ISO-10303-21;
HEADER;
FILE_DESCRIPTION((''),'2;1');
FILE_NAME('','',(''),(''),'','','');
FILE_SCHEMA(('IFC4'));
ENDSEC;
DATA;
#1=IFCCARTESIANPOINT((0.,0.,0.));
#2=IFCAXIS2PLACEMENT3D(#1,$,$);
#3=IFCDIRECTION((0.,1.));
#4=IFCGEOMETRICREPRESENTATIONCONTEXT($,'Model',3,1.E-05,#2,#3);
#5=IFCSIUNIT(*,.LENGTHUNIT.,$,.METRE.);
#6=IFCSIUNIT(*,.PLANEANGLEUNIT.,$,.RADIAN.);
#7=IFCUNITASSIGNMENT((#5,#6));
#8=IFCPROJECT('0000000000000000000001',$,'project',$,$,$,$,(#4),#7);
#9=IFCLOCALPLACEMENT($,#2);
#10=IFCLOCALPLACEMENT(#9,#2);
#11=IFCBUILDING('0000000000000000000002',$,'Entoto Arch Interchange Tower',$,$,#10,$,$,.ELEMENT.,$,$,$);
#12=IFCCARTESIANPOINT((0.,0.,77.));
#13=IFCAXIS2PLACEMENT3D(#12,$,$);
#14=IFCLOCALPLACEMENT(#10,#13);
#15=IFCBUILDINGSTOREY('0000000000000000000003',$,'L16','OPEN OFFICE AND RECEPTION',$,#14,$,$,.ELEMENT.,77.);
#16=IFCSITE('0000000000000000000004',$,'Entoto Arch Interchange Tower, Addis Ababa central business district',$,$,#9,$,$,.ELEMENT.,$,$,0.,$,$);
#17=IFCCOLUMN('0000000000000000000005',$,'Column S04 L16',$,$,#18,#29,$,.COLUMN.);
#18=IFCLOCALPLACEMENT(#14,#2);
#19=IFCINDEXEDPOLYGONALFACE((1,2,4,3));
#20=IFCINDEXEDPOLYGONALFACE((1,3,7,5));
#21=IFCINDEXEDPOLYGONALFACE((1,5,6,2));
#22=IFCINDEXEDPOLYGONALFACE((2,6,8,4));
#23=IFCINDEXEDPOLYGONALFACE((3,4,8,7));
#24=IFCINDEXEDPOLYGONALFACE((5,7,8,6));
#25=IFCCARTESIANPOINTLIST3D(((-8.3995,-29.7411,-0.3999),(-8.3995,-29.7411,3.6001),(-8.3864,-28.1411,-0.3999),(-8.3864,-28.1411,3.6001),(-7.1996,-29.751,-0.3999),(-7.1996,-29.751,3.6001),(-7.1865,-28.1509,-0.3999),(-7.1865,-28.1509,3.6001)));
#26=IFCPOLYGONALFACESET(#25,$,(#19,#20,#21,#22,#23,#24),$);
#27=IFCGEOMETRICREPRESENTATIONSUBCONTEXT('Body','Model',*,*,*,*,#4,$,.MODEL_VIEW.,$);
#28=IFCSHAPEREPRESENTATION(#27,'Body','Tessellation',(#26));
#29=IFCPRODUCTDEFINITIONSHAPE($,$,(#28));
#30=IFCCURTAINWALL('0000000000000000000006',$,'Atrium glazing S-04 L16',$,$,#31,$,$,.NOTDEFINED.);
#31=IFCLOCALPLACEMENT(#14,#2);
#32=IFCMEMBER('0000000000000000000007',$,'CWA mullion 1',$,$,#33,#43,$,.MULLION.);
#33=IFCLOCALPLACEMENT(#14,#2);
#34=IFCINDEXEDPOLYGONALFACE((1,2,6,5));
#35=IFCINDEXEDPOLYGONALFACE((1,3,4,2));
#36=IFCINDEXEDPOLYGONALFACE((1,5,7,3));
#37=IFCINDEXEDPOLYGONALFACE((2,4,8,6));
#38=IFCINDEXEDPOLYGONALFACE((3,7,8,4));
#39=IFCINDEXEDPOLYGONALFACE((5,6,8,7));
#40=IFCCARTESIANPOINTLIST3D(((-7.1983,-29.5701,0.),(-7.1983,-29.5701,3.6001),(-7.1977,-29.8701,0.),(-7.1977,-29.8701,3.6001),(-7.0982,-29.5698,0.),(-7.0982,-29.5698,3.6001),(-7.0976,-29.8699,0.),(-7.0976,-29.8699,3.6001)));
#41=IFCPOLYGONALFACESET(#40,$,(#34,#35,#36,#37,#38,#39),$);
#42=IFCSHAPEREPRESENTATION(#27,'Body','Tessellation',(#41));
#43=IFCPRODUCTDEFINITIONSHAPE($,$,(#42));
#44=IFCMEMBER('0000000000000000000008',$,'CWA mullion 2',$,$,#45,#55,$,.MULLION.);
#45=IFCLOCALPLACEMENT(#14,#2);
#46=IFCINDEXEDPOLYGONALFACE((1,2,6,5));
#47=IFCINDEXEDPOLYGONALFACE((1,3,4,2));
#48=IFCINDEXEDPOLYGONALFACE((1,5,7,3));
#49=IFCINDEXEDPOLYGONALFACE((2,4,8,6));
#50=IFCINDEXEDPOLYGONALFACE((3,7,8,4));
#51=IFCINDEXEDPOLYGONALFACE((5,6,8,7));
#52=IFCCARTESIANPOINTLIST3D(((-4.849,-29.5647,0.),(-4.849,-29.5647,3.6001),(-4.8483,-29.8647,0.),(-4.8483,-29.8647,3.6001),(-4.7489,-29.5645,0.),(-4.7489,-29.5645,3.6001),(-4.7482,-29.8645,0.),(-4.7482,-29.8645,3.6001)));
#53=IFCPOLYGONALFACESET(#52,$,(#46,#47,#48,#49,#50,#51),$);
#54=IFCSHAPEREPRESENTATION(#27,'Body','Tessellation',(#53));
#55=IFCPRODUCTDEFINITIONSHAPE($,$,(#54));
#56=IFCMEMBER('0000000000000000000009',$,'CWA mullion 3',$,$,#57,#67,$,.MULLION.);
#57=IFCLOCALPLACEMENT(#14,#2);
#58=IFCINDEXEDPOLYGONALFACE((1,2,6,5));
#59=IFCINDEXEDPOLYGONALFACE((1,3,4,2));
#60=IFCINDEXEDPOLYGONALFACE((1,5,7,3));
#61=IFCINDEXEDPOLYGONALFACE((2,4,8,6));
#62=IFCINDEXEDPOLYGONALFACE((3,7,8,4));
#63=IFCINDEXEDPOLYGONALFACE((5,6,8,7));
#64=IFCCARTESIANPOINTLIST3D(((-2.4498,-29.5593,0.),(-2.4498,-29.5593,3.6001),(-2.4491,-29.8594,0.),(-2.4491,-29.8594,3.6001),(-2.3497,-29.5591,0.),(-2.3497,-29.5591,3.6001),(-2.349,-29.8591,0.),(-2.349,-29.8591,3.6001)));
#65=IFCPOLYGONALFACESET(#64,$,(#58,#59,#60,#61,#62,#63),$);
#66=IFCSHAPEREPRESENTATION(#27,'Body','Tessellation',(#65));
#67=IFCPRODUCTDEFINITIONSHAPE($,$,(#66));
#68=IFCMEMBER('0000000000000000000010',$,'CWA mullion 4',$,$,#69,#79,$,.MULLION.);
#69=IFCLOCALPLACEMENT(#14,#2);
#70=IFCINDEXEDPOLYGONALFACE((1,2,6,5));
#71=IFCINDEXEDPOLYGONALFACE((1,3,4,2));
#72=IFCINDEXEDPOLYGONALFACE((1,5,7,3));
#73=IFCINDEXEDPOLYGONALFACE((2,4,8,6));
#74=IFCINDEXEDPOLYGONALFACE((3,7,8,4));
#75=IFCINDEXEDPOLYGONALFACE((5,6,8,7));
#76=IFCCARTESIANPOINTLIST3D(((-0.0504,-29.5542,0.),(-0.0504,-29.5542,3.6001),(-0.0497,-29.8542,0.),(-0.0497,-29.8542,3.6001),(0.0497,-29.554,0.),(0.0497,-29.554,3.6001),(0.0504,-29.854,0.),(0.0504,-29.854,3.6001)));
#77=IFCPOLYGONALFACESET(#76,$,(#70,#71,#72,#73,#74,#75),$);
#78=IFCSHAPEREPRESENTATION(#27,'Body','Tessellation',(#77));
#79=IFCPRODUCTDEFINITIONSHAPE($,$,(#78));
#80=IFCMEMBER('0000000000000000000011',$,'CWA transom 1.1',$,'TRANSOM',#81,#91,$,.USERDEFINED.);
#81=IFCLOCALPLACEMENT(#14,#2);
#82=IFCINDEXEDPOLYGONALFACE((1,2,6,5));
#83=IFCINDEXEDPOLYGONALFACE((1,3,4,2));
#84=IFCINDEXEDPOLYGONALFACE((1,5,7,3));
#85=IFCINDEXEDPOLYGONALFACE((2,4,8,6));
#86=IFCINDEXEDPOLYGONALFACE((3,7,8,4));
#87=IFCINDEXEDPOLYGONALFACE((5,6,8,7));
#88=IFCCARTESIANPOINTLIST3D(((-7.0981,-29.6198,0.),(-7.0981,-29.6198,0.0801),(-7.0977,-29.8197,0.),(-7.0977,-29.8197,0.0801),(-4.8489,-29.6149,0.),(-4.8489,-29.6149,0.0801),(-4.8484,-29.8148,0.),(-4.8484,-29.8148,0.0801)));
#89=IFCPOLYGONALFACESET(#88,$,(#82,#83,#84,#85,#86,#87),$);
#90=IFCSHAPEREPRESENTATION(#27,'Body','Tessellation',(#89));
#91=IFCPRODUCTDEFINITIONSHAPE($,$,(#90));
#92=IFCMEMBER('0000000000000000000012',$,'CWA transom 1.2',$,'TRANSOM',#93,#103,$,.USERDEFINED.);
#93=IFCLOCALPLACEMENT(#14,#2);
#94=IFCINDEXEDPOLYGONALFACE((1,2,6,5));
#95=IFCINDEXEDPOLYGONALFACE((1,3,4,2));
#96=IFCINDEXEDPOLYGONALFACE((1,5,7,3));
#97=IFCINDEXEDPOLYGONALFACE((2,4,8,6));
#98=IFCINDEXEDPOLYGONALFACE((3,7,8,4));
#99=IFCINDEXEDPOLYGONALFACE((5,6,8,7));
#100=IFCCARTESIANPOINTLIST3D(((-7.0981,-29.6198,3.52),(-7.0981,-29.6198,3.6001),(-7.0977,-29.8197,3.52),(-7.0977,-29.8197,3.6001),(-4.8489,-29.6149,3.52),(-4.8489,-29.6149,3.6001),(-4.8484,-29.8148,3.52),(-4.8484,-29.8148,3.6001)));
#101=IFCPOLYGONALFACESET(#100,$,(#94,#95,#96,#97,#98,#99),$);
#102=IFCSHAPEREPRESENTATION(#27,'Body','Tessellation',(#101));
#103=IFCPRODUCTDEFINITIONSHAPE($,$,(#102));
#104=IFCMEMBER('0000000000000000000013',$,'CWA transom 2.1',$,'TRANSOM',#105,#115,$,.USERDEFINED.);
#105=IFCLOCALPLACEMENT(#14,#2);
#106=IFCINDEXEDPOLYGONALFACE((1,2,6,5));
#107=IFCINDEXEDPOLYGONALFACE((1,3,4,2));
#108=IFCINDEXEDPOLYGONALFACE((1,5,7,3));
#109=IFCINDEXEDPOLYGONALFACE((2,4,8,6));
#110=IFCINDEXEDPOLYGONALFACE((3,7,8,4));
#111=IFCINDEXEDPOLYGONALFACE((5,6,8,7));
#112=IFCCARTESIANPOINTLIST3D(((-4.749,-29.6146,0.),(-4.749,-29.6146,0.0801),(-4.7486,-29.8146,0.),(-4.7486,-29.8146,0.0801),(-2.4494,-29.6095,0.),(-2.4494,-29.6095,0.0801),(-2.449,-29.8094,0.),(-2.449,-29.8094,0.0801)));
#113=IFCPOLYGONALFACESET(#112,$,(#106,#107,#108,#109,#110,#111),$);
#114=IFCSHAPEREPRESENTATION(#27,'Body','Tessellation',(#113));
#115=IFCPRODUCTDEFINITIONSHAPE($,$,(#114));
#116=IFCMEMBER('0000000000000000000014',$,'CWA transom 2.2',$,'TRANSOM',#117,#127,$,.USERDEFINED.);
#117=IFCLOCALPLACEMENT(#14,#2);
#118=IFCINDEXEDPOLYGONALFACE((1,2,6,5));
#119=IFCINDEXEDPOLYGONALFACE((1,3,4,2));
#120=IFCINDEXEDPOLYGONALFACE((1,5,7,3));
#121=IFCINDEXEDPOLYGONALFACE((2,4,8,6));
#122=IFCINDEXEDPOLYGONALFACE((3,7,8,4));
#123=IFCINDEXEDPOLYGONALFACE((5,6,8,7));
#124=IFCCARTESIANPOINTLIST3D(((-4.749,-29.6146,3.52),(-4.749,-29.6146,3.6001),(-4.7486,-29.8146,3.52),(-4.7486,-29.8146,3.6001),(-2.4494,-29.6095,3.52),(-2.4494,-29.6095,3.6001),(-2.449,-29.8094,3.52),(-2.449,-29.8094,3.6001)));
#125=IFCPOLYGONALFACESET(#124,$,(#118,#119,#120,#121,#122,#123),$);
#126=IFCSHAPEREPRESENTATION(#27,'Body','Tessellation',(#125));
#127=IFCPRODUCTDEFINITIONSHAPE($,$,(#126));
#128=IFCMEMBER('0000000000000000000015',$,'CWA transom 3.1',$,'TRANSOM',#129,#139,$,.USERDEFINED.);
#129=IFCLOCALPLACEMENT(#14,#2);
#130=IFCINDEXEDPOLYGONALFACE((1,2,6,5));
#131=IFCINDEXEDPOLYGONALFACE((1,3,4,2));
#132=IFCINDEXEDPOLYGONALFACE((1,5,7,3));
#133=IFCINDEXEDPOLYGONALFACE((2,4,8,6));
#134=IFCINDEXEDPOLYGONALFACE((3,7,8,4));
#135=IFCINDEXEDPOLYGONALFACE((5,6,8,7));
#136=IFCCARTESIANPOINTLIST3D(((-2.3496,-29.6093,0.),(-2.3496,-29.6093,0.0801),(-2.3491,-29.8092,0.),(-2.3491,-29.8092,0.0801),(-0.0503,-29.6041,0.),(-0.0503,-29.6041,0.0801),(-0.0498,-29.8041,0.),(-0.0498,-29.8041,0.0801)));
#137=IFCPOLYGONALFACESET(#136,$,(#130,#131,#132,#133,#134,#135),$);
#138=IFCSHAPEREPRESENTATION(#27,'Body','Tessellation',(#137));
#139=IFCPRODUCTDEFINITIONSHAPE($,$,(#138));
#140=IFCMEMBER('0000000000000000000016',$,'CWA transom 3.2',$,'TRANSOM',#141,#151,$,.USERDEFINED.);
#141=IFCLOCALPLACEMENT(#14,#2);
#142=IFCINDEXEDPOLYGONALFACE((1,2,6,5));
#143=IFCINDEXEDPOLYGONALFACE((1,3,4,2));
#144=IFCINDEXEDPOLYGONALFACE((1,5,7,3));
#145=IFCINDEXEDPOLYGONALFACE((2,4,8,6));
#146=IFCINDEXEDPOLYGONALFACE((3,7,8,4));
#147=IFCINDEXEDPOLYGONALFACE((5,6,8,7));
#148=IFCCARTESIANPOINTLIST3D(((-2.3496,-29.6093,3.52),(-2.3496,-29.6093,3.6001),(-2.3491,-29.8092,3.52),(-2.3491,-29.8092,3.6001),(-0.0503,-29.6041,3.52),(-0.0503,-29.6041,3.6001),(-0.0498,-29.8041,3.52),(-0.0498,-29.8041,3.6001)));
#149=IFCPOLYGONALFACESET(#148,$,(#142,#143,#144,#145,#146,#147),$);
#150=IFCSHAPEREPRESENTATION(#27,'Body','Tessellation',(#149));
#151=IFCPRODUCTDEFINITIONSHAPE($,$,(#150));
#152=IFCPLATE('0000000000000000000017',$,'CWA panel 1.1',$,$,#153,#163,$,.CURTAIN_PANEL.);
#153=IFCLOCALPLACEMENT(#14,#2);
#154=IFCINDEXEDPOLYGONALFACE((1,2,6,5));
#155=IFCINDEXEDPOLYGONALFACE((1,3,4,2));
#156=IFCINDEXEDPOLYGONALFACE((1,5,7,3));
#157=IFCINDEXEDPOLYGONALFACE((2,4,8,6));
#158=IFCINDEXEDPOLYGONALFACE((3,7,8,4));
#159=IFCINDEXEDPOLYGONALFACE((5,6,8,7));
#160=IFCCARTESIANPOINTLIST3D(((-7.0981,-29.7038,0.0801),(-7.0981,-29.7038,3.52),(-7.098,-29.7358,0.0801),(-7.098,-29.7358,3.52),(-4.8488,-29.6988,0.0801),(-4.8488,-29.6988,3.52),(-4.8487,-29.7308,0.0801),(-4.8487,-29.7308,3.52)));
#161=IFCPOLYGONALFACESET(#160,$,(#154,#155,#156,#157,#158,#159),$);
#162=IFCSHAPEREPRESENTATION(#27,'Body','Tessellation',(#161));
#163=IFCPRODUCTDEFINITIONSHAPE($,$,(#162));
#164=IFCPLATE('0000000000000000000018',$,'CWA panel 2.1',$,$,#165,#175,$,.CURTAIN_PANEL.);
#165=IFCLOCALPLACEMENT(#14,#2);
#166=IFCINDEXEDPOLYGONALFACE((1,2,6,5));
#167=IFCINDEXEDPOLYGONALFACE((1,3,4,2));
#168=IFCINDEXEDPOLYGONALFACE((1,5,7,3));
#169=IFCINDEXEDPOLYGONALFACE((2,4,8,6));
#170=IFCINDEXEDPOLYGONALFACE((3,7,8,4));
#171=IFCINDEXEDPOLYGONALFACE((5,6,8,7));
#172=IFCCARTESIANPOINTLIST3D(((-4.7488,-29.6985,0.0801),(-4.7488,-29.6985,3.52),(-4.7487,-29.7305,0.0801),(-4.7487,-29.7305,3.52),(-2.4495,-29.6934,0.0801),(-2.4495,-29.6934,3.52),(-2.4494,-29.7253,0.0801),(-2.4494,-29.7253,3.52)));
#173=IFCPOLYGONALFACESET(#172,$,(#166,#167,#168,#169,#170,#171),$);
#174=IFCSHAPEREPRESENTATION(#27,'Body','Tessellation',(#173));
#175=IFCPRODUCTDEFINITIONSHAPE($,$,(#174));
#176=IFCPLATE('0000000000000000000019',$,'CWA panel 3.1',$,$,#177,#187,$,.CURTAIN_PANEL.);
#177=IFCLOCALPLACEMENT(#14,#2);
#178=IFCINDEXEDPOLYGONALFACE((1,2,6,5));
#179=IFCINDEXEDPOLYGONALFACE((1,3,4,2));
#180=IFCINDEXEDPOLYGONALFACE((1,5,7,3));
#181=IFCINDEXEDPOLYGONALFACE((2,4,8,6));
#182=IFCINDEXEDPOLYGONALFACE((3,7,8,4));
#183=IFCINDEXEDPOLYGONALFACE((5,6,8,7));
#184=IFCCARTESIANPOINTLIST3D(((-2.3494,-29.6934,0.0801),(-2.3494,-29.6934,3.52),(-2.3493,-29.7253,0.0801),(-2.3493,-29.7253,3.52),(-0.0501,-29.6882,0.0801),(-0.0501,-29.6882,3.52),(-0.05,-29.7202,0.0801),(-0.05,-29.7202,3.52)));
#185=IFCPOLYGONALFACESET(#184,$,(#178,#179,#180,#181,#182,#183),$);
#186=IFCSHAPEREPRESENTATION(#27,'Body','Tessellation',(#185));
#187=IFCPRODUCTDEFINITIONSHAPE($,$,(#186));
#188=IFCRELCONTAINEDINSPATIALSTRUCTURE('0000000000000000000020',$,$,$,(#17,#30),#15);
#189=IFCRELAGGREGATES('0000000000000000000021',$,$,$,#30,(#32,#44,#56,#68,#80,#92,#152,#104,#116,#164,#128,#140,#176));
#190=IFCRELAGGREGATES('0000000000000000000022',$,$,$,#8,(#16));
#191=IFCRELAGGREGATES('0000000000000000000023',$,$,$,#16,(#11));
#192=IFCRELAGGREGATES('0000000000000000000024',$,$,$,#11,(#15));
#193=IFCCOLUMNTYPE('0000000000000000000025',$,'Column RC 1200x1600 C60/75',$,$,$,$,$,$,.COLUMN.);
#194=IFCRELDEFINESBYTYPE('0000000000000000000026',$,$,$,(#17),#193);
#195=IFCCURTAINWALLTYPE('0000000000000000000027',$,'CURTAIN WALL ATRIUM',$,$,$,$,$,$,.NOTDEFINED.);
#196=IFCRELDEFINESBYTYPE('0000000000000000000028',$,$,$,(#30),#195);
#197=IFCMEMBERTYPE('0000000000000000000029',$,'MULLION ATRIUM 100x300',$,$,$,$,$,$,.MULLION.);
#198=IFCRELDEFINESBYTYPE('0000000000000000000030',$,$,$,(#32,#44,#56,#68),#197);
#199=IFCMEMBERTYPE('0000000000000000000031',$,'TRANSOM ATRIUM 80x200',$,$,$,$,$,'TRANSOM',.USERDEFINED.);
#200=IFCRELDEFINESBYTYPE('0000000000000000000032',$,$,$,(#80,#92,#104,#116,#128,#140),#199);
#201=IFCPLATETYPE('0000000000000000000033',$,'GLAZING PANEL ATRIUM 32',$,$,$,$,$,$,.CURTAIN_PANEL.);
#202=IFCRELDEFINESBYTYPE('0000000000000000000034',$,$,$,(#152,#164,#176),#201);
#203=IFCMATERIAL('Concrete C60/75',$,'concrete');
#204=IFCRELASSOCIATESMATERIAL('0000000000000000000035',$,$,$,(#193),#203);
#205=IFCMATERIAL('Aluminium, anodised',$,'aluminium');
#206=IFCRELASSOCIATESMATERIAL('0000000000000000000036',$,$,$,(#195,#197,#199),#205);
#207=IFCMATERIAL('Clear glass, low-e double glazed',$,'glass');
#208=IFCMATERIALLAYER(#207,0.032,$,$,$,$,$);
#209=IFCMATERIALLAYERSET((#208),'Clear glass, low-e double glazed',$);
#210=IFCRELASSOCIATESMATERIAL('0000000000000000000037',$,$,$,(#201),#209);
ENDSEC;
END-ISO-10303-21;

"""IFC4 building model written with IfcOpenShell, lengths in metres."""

from ifc_helpers import new_model, si_unit, direction, frame, origin, origin_2d, place, context, subcontext, project, spatial, rectangle, extrude, material, layer, layer_set, material_profile, profile_set, type_object, element, aggregate, save


model = new_model("IFC4")

# Units and contexts
model_context = context("Model", 3, precision=1e-05, world=origin(), true_north=direction((0.0, 1.0)))
body_context = subcontext(model_context, "Body", "Model", "MODEL_VIEW")
ifc_project = project(units=[si_unit("LENGTHUNIT", "METRE"), si_unit("PLANEANGLEUNIT", "RADIAN")], contexts=[model_context])

# Site, building, storey
site_placement = place(None, origin())
site = spatial("IfcSite", under=ifc_project, at=site_placement, Name="Entoto Arch Interchange Tower, Addis Ababa central business district", CompositionType="ELEMENT", RefElevation=0.0)
building_placement = place(site_placement, origin())
building = spatial("IfcBuilding", under=site, at=building_placement, Name="Entoto Arch Interchange Tower", CompositionType="ELEMENT")
storey_placement = place(building_placement, frame((0.0, 0.0, 77.0)))
storey = spatial("IfcBuildingStorey", under=building, at=storey_placement, Name="L16", Description="OPEN OFFICE AND RECEPTION", CompositionType="ELEMENT", Elevation=77.0)

# Column
ifc_material_1 = material(Name="Concrete C60/75", Category="concrete")
ifc_material_profile_1 = material_profile(ifc_material_1, rectangle(XDim=1.2, YDim=1.6001, at=origin_2d()))
ifc_profile_set_1 = profile_set([ifc_material_profile_1], Name="Concrete C60/75")
column_type = type_object("IfcColumnType", Name="Column RC 1200x1600 C60/75", PredefinedType="COLUMN", material=ifc_profile_set_1)
column_placement = place(storey_placement, frame((-7.793, -28.946, -0.3999), z_axis=(0.0, 0.0, 1.0), x_axis=(-0.999966, 0.008203, 0.0)))
element("IfcColumn", 1, at=column_placement, inside=storey, type_object=column_type, Name="Column S04 L16", PredefinedType="COLUMN", context=body_context, shape_type="SweptSolid", body=[
    extrude(rectangle(XDim=1.2, YDim=1.6001, at=origin_2d()), origin(), (0.0, 0.0, 1.0), 4.0),
])

# Curtain wall, members, plates
ifc_material_2 = material(Name="Aluminium, anodised", Category="aluminium")
curtain_wall_type = type_object("IfcCurtainWallType", Name="CURTAIN WALL ATRIUM", PredefinedType="NOTDEFINED", material=ifc_material_2)
curtain_wall_placement = place(storey_placement, origin())
curtain_wall = element("IfcCurtainWall", 2, at=curtain_wall_placement, inside=storey, type_object=curtain_wall_type, Name="Atrium glazing S-04 L16", PredefinedType="NOTDEFINED")
ifc_material_profile_2 = material_profile(ifc_material_2, rectangle(XDim=0.3, YDim=0.1001, at=origin_2d()))
ifc_profile_set_2 = profile_set([ifc_material_profile_2], Name="Aluminium, anodised")
member_type_1 = type_object("IfcMemberType", Name="MULLION ATRIUM 100x300", PredefinedType="MULLION", material=ifc_profile_set_2)
member_1_placement = place(storey_placement, frame((-7.1479, -29.72, 0.0), z_axis=(0.0, 0.0, 1.0), x_axis=(-0.002223, 0.999998, 0.0)))
member_1 = element("IfcMember", 3, at=member_1_placement, type_object=member_type_1, Name="CWA mullion 1", PredefinedType="MULLION", context=body_context, shape_type="SweptSolid", body=[
    extrude(rectangle(XDim=0.3, YDim=0.1001, at=origin_2d()), origin(), (0.0, 0.0, 1.0), 3.6001),
])
member_2_placement = place(storey_placement, frame((-4.7986, -29.7146, 0.0), z_axis=(0.0, 0.0, 1.0), x_axis=(-0.002223, 0.999998, 0.0)))
member_2 = element("IfcMember", 4, at=member_2_placement, type_object=member_type_1, Name="CWA mullion 2", PredefinedType="MULLION", context=body_context, shape_type="SweptSolid", body=[
    extrude(rectangle(XDim=0.3, YDim=0.1001, at=origin_2d()), origin(), (0.0, 0.0, 1.0), 3.6001),
])
member_3_placement = place(storey_placement, frame((-2.3994, -29.7092, 0.0), z_axis=(0.0, 0.0, 1.0), x_axis=(-0.002223, 0.999998, 0.0)))
member_3 = element("IfcMember", 5, at=member_3_placement, type_object=member_type_1, Name="CWA mullion 3", PredefinedType="MULLION", context=body_context, shape_type="SweptSolid", body=[
    extrude(rectangle(XDim=0.3, YDim=0.1001, at=origin_2d()), origin(), (0.0, 0.0, 1.0), 3.6001),
])
member_4_placement = place(storey_placement, frame((0.0, -29.7041, 0.0), z_axis=(0.0, 0.0, 1.0), x_axis=(-0.002223, 0.999998, 0.0)))
member_4 = element("IfcMember", 6, at=member_4_placement, type_object=member_type_1, Name="CWA mullion 4", PredefinedType="MULLION", context=body_context, shape_type="SweptSolid", body=[
    extrude(rectangle(XDim=0.3, YDim=0.1001, at=origin_2d()), origin(), (0.0, 0.0, 1.0), 3.6001),
])
ifc_material_profile_3 = material_profile(ifc_material_2, rectangle(XDim=0.2, YDim=0.0801, at=origin_2d()))
ifc_profile_set_3 = profile_set([ifc_material_profile_3], Name="Aluminium, anodised")
member_type_2 = type_object("IfcMemberType", Name="TRANSOM ATRIUM 80x200", ElementType="TRANSOM", PredefinedType="USERDEFINED", material=ifc_profile_set_3)
member_5_placement = place(storey_placement, frame((-7.0979, -29.7197, 0.04), z_axis=(0.999998, 0.002171, 0.0), x_axis=(-0.002171, 0.999998, 0.0)))
member_5 = element("IfcMember", 7, at=member_5_placement, type_object=member_type_2, Name="CWA transom 1.1", ObjectType="TRANSOM", PredefinedType="USERDEFINED", context=body_context, shape_type="SweptSolid", body=[
    extrude(rectangle(XDim=0.2, YDim=0.0801, at=origin_2d()), origin(), (0.0, 0.0, 1.0), 2.2493),
])
member_6_placement = place(storey_placement, frame((-7.0979, -29.7197, 3.5601), z_axis=(0.999998, 0.002171, 0.0), x_axis=(-0.002171, 0.999998, 0.0)))
member_6 = element("IfcMember", 8, at=member_6_placement, type_object=member_type_2, Name="CWA transom 1.2", ObjectType="TRANSOM", PredefinedType="USERDEFINED", context=body_context, shape_type="SweptSolid", body=[
    extrude(rectangle(XDim=0.2, YDim=0.0801, at=origin_2d()), origin(), (0.0, 0.0, 1.0), 2.2493),
])
member_7_placement = place(storey_placement, frame((-4.7488, -29.7146, 0.04), z_axis=(0.999998, 0.00223, 0.0), x_axis=(-0.00223, 0.999998, 0.0)))
member_7 = element("IfcMember", 9, at=member_7_placement, type_object=member_type_2, Name="CWA transom 2.1", ObjectType="TRANSOM", PredefinedType="USERDEFINED", context=body_context, shape_type="SweptSolid", body=[
    extrude(rectangle(XDim=0.2, YDim=0.0801, at=origin_2d()), origin(), (0.0, 0.0, 1.0), 2.2996),
])
member_8_placement = place(storey_placement, frame((-4.7488, -29.7146, 3.5601), z_axis=(0.999998, 0.00223, 0.0), x_axis=(-0.00223, 0.999998, 0.0)))
member_8 = element("IfcMember", 10, at=member_8_placement, type_object=member_type_2, Name="CWA transom 2.2", ObjectType="TRANSOM", PredefinedType="USERDEFINED", context=body_context, shape_type="SweptSolid", body=[
    extrude(rectangle(XDim=0.2, YDim=0.0801, at=origin_2d()), origin(), (0.0, 0.0, 1.0), 2.2996),
])
member_9_placement = place(storey_placement, frame((-2.3494, -29.7092, 0.04), z_axis=(0.999998, 0.00223, 0.0), x_axis=(-0.00223, 0.999998, 0.0)))
member_9 = element("IfcMember", 11, at=member_9_placement, type_object=member_type_2, Name="CWA transom 3.1", ObjectType="TRANSOM", PredefinedType="USERDEFINED", context=body_context, shape_type="SweptSolid", body=[
    extrude(rectangle(XDim=0.2, YDim=0.0801, at=origin_2d()), origin(), (0.0, 0.0, 1.0), 2.2993),
])
member_10_placement = place(storey_placement, frame((-2.3494, -29.7092, 3.5601), z_axis=(0.999998, 0.00223, 0.0), x_axis=(-0.00223, 0.999998, 0.0)))
member_10 = element("IfcMember", 12, at=member_10_placement, type_object=member_type_2, Name="CWA transom 3.2", ObjectType="TRANSOM", PredefinedType="USERDEFINED", context=body_context, shape_type="SweptSolid", body=[
    extrude(rectangle(XDim=0.2, YDim=0.0801, at=origin_2d()), origin(), (0.0, 0.0, 1.0), 2.2993),
])
ifc_material_3 = material(Name="Clear glass, low-e double glazed", Category="glass")
ifc_layer_1 = layer(ifc_material_3, 0.032)
ifc_layer_set_1 = layer_set([ifc_layer_1], Name="Clear glass, low-e double glazed")
plate_type = type_object("IfcPlateType", Name="GLAZING PANEL ATRIUM 32", PredefinedType="CURTAIN_PANEL", material=ifc_layer_set_1)
plate_1_placement = place(storey_placement, frame((-5.9734, -29.7173, 0.0801), z_axis=(0.0, 0.0, 1.0), x_axis=(0.999998, 0.002223, 0.0)))
plate_1 = element("IfcPlate", 13, at=plate_1_placement, type_object=plate_type, Name="CWA panel 1.1", PredefinedType="CURTAIN_PANEL", context=body_context, shape_type="SweptSolid", body=[
    extrude(rectangle(XDim=2.2493, YDim=0.032, at=origin_2d()), origin(), (0.0, 0.0, 1.0), 3.4399),
])
plate_2_placement = place(storey_placement, frame((-3.5991, -29.7119, 0.0801), z_axis=(0.0, 0.0, 1.0), x_axis=(0.999998, 0.002223, 0.0)))
plate_2 = element("IfcPlate", 14, at=plate_2_placement, type_object=plate_type, Name="CWA panel 2.1", PredefinedType="CURTAIN_PANEL", context=body_context, shape_type="SweptSolid", body=[
    extrude(rectangle(XDim=2.2993, YDim=0.032, at=origin_2d()), origin(), (0.0, 0.0, 1.0), 3.4399),
])
plate_3_placement = place(storey_placement, frame((-1.1997, -29.7068, 0.0801), z_axis=(0.0, 0.0, 1.0), x_axis=(0.999998, 0.002223, 0.0)))
plate_3 = element("IfcPlate", 15, at=plate_3_placement, type_object=plate_type, Name="CWA panel 3.1", PredefinedType="CURTAIN_PANEL", context=body_context, shape_type="SweptSolid", body=[
    extrude(rectangle(XDim=2.2993, YDim=0.032, at=origin_2d()), origin(), (0.0, 0.0, 1.0), 3.4399),
])
aggregate(curtain_wall, [member_1, member_2, member_3, member_4, member_5, member_6, plate_1, member_7, member_8, plate_2, member_9, member_10, plate_3])

save(model, "model.ifc")
